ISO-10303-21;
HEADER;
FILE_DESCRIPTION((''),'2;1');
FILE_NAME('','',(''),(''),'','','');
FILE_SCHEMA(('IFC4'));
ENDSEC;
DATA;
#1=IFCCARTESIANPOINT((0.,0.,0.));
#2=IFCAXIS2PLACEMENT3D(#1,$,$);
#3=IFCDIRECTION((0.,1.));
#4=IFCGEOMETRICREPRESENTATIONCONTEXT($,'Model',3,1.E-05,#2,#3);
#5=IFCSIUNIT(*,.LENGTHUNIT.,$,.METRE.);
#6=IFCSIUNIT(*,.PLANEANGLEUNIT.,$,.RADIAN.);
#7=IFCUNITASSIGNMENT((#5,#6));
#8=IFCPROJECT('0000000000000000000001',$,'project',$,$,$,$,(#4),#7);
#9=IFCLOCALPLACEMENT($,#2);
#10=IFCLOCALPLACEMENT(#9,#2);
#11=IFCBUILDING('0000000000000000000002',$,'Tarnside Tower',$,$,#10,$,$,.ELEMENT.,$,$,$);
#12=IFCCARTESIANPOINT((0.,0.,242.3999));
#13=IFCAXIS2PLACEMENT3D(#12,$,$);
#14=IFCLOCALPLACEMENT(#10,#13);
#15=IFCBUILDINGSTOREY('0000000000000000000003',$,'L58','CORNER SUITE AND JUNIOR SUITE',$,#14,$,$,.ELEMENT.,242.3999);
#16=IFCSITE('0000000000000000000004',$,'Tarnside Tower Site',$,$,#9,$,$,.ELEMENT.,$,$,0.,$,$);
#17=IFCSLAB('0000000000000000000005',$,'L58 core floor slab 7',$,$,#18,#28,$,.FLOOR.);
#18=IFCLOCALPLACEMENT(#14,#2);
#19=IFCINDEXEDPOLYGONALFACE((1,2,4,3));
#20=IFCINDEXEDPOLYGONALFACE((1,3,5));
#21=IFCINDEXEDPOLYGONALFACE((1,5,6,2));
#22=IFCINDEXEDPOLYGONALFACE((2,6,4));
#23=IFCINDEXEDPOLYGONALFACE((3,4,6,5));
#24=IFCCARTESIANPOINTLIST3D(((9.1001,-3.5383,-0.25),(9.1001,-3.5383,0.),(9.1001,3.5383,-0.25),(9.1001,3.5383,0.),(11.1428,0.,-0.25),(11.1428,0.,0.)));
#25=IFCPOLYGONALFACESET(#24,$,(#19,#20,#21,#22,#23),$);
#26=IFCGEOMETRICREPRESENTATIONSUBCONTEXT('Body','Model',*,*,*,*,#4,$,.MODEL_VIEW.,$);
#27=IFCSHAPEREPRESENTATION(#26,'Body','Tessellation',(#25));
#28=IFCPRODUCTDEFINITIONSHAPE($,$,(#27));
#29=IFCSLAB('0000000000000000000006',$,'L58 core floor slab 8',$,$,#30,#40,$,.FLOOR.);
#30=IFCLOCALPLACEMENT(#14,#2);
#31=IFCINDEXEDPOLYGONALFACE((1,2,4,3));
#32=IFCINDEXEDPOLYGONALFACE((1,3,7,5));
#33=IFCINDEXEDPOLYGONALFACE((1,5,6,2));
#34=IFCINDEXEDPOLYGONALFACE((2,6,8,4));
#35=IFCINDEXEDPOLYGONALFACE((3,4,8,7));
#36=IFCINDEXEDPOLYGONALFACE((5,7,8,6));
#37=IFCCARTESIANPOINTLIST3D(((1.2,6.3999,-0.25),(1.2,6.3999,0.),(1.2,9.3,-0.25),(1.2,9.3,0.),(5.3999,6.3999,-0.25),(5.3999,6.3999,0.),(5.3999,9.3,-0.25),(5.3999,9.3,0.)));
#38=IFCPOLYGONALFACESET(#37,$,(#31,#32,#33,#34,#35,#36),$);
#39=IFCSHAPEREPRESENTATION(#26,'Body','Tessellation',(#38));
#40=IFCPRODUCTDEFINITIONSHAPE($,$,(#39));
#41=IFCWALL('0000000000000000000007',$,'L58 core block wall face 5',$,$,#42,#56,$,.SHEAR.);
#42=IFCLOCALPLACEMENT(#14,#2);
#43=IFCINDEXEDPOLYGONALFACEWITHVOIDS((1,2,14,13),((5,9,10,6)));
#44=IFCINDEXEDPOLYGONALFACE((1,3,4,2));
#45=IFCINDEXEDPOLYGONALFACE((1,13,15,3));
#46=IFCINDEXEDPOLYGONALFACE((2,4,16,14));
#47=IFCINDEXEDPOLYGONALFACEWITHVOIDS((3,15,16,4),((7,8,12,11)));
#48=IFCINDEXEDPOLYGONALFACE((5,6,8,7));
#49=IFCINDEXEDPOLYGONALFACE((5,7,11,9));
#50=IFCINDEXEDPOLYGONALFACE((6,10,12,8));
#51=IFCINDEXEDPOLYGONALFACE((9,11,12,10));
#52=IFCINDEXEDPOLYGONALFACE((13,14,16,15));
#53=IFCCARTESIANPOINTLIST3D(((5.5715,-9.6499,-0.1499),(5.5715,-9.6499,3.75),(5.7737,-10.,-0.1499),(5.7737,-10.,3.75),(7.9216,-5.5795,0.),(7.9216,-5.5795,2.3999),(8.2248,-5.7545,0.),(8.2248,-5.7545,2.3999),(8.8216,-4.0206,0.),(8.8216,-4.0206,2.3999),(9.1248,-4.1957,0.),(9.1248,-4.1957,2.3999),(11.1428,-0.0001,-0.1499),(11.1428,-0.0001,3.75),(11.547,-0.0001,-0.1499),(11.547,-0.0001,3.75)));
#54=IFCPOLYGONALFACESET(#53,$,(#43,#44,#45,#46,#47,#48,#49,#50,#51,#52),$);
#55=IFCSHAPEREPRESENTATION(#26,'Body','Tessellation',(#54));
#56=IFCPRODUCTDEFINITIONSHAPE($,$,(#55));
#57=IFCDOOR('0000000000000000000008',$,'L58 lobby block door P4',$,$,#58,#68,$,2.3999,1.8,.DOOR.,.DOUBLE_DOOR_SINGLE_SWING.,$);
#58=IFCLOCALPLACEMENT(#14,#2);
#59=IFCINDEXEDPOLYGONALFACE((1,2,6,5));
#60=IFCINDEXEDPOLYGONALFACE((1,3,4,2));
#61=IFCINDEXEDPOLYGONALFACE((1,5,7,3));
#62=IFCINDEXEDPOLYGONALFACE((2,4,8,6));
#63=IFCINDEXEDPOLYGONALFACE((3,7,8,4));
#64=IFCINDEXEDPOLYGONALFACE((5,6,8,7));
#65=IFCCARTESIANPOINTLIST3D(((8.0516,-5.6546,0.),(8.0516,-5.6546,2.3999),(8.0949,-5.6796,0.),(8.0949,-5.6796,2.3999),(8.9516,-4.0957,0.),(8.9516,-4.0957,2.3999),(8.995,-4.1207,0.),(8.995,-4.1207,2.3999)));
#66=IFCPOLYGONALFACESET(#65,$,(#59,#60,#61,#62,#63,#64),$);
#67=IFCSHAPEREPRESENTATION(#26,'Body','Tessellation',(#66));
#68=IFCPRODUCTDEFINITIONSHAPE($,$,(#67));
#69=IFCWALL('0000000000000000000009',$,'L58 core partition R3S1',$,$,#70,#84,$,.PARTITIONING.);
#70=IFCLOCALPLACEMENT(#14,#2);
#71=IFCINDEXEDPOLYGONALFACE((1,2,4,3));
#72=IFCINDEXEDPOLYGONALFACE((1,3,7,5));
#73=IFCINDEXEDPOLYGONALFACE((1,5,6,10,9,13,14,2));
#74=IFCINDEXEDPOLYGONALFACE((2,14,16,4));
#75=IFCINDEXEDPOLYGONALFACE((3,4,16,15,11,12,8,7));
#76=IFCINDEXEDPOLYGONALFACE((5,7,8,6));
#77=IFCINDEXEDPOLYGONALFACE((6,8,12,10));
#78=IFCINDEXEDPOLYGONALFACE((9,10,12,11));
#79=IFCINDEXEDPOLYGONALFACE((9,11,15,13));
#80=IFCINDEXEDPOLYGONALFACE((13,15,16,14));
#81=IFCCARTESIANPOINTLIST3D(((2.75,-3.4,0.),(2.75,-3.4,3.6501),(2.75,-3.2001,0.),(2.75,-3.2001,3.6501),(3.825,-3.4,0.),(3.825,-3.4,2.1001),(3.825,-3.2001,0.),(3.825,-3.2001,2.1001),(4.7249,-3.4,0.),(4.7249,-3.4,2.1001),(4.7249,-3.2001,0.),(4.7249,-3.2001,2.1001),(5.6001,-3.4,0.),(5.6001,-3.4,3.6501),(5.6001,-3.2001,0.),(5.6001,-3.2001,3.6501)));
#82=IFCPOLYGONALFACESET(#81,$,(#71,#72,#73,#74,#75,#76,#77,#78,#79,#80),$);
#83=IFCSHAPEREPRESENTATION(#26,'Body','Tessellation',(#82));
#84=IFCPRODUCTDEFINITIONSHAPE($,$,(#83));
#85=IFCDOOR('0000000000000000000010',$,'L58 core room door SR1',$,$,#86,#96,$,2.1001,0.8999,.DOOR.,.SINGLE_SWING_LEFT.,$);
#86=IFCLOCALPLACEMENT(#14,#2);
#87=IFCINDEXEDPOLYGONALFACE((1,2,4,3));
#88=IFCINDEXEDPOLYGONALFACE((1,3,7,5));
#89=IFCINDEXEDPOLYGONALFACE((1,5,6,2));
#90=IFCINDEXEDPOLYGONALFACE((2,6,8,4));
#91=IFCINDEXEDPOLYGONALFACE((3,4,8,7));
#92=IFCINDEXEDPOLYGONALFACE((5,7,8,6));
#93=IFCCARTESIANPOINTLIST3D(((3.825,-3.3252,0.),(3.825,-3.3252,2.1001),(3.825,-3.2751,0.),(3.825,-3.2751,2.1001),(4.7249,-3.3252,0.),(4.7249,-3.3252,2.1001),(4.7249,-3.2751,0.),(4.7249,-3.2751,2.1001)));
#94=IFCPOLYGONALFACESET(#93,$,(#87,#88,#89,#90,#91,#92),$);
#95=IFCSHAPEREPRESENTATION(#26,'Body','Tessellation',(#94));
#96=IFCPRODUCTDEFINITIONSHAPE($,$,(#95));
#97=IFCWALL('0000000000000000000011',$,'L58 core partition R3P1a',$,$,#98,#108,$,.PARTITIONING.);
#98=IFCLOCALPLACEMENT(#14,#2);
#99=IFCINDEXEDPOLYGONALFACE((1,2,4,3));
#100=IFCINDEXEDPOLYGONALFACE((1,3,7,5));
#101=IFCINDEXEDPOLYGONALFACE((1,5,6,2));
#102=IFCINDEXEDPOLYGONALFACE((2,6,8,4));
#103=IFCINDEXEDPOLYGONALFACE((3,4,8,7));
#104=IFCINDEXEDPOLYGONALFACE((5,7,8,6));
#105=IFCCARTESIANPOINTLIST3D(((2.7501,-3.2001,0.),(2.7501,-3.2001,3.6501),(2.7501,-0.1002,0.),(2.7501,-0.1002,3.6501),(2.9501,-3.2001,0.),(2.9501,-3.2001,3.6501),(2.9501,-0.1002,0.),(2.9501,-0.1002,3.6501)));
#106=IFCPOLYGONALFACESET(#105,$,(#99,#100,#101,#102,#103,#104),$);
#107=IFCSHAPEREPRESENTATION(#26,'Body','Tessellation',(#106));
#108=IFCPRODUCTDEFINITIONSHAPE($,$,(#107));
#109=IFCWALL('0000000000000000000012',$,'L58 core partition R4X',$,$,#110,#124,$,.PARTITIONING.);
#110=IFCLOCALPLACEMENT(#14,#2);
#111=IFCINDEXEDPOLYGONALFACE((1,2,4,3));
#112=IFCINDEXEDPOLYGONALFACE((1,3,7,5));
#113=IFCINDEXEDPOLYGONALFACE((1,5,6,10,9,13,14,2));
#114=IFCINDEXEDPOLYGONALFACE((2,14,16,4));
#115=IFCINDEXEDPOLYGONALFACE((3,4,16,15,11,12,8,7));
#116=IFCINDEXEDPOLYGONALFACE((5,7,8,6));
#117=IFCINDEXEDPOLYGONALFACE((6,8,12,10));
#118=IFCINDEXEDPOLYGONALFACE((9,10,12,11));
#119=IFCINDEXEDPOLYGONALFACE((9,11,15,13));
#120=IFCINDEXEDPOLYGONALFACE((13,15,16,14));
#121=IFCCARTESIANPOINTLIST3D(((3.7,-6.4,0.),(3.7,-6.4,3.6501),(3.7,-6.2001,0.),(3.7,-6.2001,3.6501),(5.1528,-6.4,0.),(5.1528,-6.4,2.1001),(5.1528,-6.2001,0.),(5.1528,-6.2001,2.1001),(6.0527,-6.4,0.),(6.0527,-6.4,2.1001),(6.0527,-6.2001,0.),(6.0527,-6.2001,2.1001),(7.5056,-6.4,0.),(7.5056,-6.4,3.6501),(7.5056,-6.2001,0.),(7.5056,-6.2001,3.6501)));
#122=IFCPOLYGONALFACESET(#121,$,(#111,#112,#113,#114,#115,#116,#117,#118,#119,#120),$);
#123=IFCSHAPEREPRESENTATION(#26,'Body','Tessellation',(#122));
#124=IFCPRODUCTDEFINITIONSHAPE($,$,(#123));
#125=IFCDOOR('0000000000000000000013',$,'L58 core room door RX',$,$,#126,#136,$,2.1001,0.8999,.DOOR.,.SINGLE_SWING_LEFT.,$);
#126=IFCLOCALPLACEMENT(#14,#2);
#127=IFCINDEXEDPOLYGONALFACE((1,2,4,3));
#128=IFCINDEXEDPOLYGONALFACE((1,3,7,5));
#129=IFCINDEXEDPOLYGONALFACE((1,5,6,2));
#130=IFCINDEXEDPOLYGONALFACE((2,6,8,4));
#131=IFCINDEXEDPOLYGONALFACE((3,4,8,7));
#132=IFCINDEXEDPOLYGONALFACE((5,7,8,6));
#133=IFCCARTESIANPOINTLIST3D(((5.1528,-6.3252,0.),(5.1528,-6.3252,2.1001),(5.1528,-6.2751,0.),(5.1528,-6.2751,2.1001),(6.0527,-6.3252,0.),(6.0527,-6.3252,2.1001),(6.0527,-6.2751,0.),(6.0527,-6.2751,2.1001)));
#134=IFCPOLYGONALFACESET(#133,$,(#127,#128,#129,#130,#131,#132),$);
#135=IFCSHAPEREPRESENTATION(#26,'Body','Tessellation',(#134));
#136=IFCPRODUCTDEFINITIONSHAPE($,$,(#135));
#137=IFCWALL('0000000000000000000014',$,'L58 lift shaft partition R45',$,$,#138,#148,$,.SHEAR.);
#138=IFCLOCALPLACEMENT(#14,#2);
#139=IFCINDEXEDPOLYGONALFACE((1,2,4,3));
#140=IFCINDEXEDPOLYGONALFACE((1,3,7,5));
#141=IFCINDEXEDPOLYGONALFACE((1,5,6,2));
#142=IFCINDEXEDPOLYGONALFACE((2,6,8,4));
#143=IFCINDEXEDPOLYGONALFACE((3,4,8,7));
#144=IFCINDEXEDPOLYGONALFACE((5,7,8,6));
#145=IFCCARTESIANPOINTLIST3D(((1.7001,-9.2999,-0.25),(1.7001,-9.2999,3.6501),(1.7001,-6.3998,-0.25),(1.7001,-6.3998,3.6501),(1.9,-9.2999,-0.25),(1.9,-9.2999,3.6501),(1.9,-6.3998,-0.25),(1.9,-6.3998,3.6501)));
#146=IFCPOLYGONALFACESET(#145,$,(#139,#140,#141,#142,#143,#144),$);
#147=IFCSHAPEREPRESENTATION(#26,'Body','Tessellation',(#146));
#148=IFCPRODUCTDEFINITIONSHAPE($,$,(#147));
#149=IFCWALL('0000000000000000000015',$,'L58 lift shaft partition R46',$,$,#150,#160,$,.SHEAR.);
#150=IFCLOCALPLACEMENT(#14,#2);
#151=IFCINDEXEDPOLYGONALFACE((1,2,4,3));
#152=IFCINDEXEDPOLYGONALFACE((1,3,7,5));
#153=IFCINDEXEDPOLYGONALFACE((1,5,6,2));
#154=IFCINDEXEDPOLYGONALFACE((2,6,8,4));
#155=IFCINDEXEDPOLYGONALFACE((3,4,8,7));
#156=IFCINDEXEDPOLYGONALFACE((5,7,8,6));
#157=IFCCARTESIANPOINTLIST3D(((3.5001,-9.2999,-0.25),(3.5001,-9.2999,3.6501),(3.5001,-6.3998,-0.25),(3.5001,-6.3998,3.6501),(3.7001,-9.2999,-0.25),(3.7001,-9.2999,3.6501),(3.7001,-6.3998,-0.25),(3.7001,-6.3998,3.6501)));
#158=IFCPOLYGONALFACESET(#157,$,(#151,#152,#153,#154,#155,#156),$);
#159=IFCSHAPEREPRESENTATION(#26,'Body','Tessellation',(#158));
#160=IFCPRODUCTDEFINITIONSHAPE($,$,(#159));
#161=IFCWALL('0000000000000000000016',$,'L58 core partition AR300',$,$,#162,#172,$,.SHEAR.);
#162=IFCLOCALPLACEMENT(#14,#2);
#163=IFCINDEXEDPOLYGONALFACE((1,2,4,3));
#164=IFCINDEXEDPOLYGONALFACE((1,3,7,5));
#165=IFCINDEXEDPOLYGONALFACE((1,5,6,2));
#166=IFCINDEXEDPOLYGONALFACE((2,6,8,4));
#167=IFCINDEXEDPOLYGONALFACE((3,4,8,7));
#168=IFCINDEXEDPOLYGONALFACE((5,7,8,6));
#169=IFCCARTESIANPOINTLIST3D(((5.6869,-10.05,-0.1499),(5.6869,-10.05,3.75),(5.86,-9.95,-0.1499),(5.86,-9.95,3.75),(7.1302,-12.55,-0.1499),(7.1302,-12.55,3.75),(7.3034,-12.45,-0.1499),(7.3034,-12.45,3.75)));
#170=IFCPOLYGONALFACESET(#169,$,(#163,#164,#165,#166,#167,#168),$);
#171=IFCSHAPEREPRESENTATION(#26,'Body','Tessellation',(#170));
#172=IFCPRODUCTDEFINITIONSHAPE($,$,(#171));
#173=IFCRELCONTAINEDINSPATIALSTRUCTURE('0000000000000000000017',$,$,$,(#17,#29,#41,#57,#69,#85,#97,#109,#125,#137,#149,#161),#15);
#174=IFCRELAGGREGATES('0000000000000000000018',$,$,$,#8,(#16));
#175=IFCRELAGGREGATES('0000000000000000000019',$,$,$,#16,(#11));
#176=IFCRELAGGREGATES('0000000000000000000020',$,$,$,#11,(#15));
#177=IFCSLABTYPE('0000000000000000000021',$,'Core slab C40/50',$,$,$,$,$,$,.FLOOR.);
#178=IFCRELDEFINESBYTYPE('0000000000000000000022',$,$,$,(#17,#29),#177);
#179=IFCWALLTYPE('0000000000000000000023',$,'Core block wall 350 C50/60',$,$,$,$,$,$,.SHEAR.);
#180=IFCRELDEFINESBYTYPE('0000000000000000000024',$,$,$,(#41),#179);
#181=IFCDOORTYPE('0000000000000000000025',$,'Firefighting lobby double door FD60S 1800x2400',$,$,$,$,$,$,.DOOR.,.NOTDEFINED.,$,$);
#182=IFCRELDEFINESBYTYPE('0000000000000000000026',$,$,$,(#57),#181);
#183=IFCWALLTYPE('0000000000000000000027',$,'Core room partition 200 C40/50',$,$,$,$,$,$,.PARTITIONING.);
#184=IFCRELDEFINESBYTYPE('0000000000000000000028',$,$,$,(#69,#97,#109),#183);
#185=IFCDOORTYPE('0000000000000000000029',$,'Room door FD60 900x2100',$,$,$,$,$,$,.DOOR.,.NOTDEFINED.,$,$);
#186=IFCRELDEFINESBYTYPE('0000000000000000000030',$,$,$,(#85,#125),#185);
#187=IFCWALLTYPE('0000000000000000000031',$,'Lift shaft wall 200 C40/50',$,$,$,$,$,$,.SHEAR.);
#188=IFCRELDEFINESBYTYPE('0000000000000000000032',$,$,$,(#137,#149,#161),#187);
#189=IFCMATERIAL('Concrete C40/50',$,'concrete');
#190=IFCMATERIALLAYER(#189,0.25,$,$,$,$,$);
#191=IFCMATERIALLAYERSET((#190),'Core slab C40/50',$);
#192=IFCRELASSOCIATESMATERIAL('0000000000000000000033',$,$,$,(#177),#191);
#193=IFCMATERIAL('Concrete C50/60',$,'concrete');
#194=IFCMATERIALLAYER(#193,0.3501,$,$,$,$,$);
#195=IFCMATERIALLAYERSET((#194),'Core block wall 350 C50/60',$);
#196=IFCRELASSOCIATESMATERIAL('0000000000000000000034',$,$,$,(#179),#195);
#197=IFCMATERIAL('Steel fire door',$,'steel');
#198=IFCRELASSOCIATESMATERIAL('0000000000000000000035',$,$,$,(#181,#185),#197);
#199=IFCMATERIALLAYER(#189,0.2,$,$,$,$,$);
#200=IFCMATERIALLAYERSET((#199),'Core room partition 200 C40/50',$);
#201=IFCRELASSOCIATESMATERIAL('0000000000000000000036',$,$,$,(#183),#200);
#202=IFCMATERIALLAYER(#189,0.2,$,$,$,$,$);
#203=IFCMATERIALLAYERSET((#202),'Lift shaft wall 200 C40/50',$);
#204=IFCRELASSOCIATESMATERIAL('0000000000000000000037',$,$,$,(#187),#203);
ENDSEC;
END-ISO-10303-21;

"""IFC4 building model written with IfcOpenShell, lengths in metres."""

from ifc_helpers import new_model, si_unit, direction, frame, frame_2d, origin, place, context, subcontext, project, spatial, polyline, rectangle, outline, extrude, material, layer, layer_set, type_object, element, fill, save


model = new_model("IFC4")

# Units and contexts
model_context = context("Model", 3, precision=1e-05, world=origin(), true_north=direction((0.0, 1.0)))
body_context = subcontext(model_context, "Body", "Model", "MODEL_VIEW")
ifc_project = project(units=[si_unit("LENGTHUNIT", "METRE"), si_unit("PLANEANGLEUNIT", "RADIAN")], contexts=[model_context])

# Site, building, storey
site_placement = place(None, origin())
site = spatial("IfcSite", under=ifc_project, at=site_placement, Name="Tarnside Tower Site", CompositionType="ELEMENT", RefElevation=0.0)
building_placement = place(site_placement, origin())
building = spatial("IfcBuilding", under=site, at=building_placement, Name="Tarnside Tower", CompositionType="ELEMENT")
storey_placement = place(building_placement, frame((0.0, 0.0, 242.3999)))
storey = spatial("IfcBuildingStorey", under=building, at=storey_placement, Name="L58", Description="CORNER SUITE AND JUNIOR SUITE", CompositionType="ELEMENT", Elevation=242.3999)

# Slabs
ifc_material_1 = material(Name="Concrete C40/50", Category="concrete")
ifc_layer_1 = layer(ifc_material_1, 0.25)
ifc_layer_set_1 = layer_set([ifc_layer_1], Name="Core slab C40/50")
slab_type = type_object("IfcSlabType", Name="Core slab C40/50", PredefinedType="FLOOR", material=ifc_layer_set_1)
slab_1_placement = place(storey_placement, frame((0.0, 0.0, -0.25)))
element("IfcSlab", 1, at=slab_1_placement, inside=storey, type_object=slab_type, Name="L58 core floor slab 7", PredefinedType="FLOOR", context=body_context, shape_type="SweptSolid", body=[
    extrude(outline(polyline([(9.1001, -3.5383), (9.1001, 3.5383), (11.1428, 0.0), (9.1001, -3.5383)])), origin(), (0.0, 0.0, 1.0), 0.25),
])
slab_2_placement = place(storey_placement, frame((0.0, 0.0, -0.25)))
element("IfcSlab", 2, at=slab_2_placement, inside=storey, type_object=slab_type, Name="L58 core floor slab 8", PredefinedType="FLOOR", context=body_context, shape_type="SweptSolid", body=[
    extrude(outline(polyline([(5.3999, 9.3), (5.3999, 6.3999), (1.2, 6.3999), (1.2, 9.3), (5.3999, 9.3)])), origin(), (0.0, 0.0, 1.0), 0.25),
])

# Walls, openings, doors
ifc_material_2 = material(Name="Concrete C50/60", Category="concrete")
ifc_layer_2 = layer(ifc_material_2, 0.3501)
ifc_layer_set_2 = layer_set([ifc_layer_2], Name="Core block wall 350 C50/60")
wall_type_1 = type_object("IfcWallType", Name="Core block wall 350 C50/60", PredefinedType="SHEAR", material=ifc_layer_set_2)
wall_1_placement = place(storey_placement, frame((5.6726, -9.825, -0.1499), z_axis=(0.0, 0.0, 1.0), x_axis=(0.499995, 0.866028, 0.0)))
wall_1 = element("IfcWall", 3, at=wall_1_placement, inside=storey, type_object=wall_type_1, Name="L58 core block wall face 5", PredefinedType="SHEAR", context=body_context, shape_type="SweptSolid", body=[
    extrude(outline(polyline([(-0.1011, -0.175), (11.4458, -0.175), (11.2437, 0.175), (0.1011, 0.175), (-0.1011, -0.175)])), origin(), (0.0, 0.0, 1.0), 3.8999),
])
opening_1_placement = place(wall_1_placement, frame((4.8013, 0.0, 0.1499)))
opening_1 = element("IfcOpeningElement", 4, at=opening_1_placement, cuts=wall_1, PredefinedType="OPENING", context=body_context, shape_type="SweptSolid", body=[
    extrude(rectangle(XDim=1.8, YDim=2.3999, at=frame_2d((0.8999, 1.2))), frame((0.0, 0.1851, 0.0), z_axis=(0.0, -1.0, 0.0), x_axis=(1.0, 0.0, 0.0)), (0.0, 0.0, 1.0), 0.3701),
])
ifc_material_3 = material(Name="Steel fire door", Category="steel")
door_type_1 = type_object("IfcDoorType", Name="Firefighting lobby double door FD60S 1800x2400", OperationType="NOTDEFINED", PredefinedType="DOOR", material=ifc_material_3)
door_1_placement = place(opening_1_placement, origin())
door_1 = element("IfcDoor", 5, at=door_1_placement, inside=storey, type_object=door_type_1, Name="L58 lobby block door P4", OperationType="DOUBLE_DOOR_SINGLE_SWING", OverallHeight=2.3999, OverallWidth=1.8, PredefinedType="DOOR", context=body_context, shape_type="SweptSolid", body=[
    extrude(rectangle(XDim=1.8, YDim=2.3999, at=frame_2d((0.8999, 1.2))), frame((0.0, 0.0249, 0.0), z_axis=(0.0, -1.0, 0.0), x_axis=(1.0, 0.0, 0.0)), (0.0, 0.0, 1.0), 0.05),
])
fill(opening_1, door_1)
ifc_layer_3 = layer(ifc_material_1, 0.2)
ifc_layer_set_3 = layer_set([ifc_layer_3], Name="Core room partition 200 C40/50")
wall_type_2 = type_object("IfcWallType", Name="Core room partition 200 C40/50", PredefinedType="PARTITIONING", material=ifc_layer_set_3)
wall_2_placement = place(storey_placement, frame((2.75, -3.3, 0.0), z_axis=(0.0, 0.0, 1.0), x_axis=(1.0, 0.0, 0.0)))
wall_2 = element("IfcWall", 6, at=wall_2_placement, inside=storey, type_object=wall_type_2, Name="L58 core partition R3S1", PredefinedType="PARTITIONING", context=body_context, shape_type="SweptSolid", body=[
    extrude(rectangle(XDim=2.8501, YDim=0.2, at=frame_2d((1.425, 0.0))), origin(), (0.0, 0.0, 1.0), 3.6501),
])
opening_2_placement = place(wall_2_placement, frame((1.075, 0.0, 0.0)))
opening_2 = element("IfcOpeningElement", 7, at=opening_2_placement, cuts=wall_2, PredefinedType="OPENING", context=body_context, shape_type="SweptSolid", body=[
    extrude(rectangle(XDim=0.8999, YDim=2.1001, at=frame_2d((0.45, 1.05))), frame((0.0, 0.1099, 0.0), z_axis=(0.0, -1.0, 0.0), x_axis=(1.0, 0.0, 0.0)), (0.0, 0.0, 1.0), 0.22),
])
door_type_2 = type_object("IfcDoorType", Name="Room door FD60 900x2100", OperationType="NOTDEFINED", PredefinedType="DOOR", material=ifc_material_3)
door_2_placement = place(opening_2_placement, origin())
door_2 = element("IfcDoor", 8, at=door_2_placement, inside=storey, type_object=door_type_2, Name="L58 core room door SR1", OperationType="SINGLE_SWING_LEFT", OverallHeight=2.1001, OverallWidth=0.8999, PredefinedType="DOOR", context=body_context, shape_type="SweptSolid", body=[
    extrude(rectangle(XDim=0.8999, YDim=2.1001, at=frame_2d((0.45, 1.05))), frame((0.0, 0.0249, 0.0), z_axis=(0.0, -1.0, 0.0), x_axis=(1.0, 0.0, 0.0)), (0.0, 0.0, 1.0), 0.05),
])
fill(opening_2, door_2)

# Wall
wall_3_placement = place(storey_placement, frame((2.8501, -3.2, 0.0), z_axis=(0.0, 0.0, 1.0), x_axis=(0.0, 1.0, 0.0)))
element("IfcWall", 9, at=wall_3_placement, inside=storey, type_object=wall_type_2, Name="L58 core partition R3P1a", PredefinedType="PARTITIONING", context=body_context, shape_type="SweptSolid", body=[
    extrude(rectangle(XDim=3.0999, YDim=0.2, at=frame_2d((1.5498, 0.0))), origin(), (0.0, 0.0, 1.0), 3.6501),
])

# Wall, opening, door
wall_4_placement = place(storey_placement, frame((3.7, -6.3, 0.0), z_axis=(0.0, 0.0, 1.0), x_axis=(1.0, 0.0, 0.0)))
wall_4 = element("IfcWall", 10, at=wall_4_placement, inside=storey, type_object=wall_type_2, Name="L58 core partition R4X", PredefinedType="PARTITIONING", context=body_context, shape_type="SweptSolid", body=[
    extrude(rectangle(XDim=3.8057, YDim=0.2, at=frame_2d((1.9028, 0.0))), origin(), (0.0, 0.0, 1.0), 3.6501),
])
opening_3_placement = place(wall_4_placement, frame((1.4529, 0.0, 0.0)))
opening_3 = element("IfcOpeningElement", 11, at=opening_3_placement, cuts=wall_4, PredefinedType="OPENING", context=body_context, shape_type="SweptSolid", body=[
    extrude(rectangle(XDim=0.8999, YDim=2.1001, at=frame_2d((0.45, 1.05))), frame((0.0, 0.1099, 0.0), z_axis=(0.0, -1.0, 0.0), x_axis=(1.0, 0.0, 0.0)), (0.0, 0.0, 1.0), 0.22),
])
door_3_placement = place(opening_3_placement, origin())
door_3 = element("IfcDoor", 12, at=door_3_placement, inside=storey, type_object=door_type_2, Name="L58 core room door RX", OperationType="SINGLE_SWING_LEFT", OverallHeight=2.1001, OverallWidth=0.8999, PredefinedType="DOOR", context=body_context, shape_type="SweptSolid", body=[
    extrude(rectangle(XDim=0.8999, YDim=2.1001, at=frame_2d((0.45, 1.05))), frame((0.0, 0.0249, 0.0), z_axis=(0.0, -1.0, 0.0), x_axis=(1.0, 0.0, 0.0)), (0.0, 0.0, 1.0), 0.05),
])
fill(opening_3, door_3)

# Walls
ifc_layer_4 = layer(ifc_material_1, 0.2)
ifc_layer_set_4 = layer_set([ifc_layer_4], Name="Lift shaft wall 200 C40/50")
wall_type_3 = type_object("IfcWallType", Name="Lift shaft wall 200 C40/50", PredefinedType="SHEAR", material=ifc_layer_set_4)
for number, where, z_axis, x_axis, name in (
    (13, (1.8, -9.3, -0.25), (0.0, 0.0, 1.0), (0.0, 1.0, 0.0), "L58 lift shaft partition R45"),
    (14, (3.6001, -9.3, -0.25), (0.0, 0.0, 1.0), (0.0, 1.0, 0.0), "L58 lift shaft partition R46"),
):
    element("IfcWall", number, at=place(storey_placement, frame(where, z_axis=z_axis, x_axis=x_axis)), inside=storey, type_object=wall_type_3, Name=name, PredefinedType="SHEAR", context=body_context, shape_type="SweptSolid", body=[
        extrude(rectangle(XDim=2.9001, YDim=0.2, at=frame_2d((1.4502, 0.0))), origin(), (0.0, 0.0, 1.0), 3.9001),
    ])
wall_5_placement = place(storey_placement, frame((5.7734, -10.0, -0.1499), z_axis=(0.0, 0.0, 1.0), x_axis=(0.499996, -0.866028, 0.0)))
element("IfcWall", 15, at=wall_5_placement, inside=storey, type_object=wall_type_3, Name="L58 core partition AR300", PredefinedType="SHEAR", context=body_context, shape_type="SweptSolid", body=[
    extrude(rectangle(XDim=2.8867, YDim=0.2, at=frame_2d((1.4434, 0.0))), origin(), (0.0, 0.0, 1.0), 3.8999),
])

save(model, "model.ifc")
